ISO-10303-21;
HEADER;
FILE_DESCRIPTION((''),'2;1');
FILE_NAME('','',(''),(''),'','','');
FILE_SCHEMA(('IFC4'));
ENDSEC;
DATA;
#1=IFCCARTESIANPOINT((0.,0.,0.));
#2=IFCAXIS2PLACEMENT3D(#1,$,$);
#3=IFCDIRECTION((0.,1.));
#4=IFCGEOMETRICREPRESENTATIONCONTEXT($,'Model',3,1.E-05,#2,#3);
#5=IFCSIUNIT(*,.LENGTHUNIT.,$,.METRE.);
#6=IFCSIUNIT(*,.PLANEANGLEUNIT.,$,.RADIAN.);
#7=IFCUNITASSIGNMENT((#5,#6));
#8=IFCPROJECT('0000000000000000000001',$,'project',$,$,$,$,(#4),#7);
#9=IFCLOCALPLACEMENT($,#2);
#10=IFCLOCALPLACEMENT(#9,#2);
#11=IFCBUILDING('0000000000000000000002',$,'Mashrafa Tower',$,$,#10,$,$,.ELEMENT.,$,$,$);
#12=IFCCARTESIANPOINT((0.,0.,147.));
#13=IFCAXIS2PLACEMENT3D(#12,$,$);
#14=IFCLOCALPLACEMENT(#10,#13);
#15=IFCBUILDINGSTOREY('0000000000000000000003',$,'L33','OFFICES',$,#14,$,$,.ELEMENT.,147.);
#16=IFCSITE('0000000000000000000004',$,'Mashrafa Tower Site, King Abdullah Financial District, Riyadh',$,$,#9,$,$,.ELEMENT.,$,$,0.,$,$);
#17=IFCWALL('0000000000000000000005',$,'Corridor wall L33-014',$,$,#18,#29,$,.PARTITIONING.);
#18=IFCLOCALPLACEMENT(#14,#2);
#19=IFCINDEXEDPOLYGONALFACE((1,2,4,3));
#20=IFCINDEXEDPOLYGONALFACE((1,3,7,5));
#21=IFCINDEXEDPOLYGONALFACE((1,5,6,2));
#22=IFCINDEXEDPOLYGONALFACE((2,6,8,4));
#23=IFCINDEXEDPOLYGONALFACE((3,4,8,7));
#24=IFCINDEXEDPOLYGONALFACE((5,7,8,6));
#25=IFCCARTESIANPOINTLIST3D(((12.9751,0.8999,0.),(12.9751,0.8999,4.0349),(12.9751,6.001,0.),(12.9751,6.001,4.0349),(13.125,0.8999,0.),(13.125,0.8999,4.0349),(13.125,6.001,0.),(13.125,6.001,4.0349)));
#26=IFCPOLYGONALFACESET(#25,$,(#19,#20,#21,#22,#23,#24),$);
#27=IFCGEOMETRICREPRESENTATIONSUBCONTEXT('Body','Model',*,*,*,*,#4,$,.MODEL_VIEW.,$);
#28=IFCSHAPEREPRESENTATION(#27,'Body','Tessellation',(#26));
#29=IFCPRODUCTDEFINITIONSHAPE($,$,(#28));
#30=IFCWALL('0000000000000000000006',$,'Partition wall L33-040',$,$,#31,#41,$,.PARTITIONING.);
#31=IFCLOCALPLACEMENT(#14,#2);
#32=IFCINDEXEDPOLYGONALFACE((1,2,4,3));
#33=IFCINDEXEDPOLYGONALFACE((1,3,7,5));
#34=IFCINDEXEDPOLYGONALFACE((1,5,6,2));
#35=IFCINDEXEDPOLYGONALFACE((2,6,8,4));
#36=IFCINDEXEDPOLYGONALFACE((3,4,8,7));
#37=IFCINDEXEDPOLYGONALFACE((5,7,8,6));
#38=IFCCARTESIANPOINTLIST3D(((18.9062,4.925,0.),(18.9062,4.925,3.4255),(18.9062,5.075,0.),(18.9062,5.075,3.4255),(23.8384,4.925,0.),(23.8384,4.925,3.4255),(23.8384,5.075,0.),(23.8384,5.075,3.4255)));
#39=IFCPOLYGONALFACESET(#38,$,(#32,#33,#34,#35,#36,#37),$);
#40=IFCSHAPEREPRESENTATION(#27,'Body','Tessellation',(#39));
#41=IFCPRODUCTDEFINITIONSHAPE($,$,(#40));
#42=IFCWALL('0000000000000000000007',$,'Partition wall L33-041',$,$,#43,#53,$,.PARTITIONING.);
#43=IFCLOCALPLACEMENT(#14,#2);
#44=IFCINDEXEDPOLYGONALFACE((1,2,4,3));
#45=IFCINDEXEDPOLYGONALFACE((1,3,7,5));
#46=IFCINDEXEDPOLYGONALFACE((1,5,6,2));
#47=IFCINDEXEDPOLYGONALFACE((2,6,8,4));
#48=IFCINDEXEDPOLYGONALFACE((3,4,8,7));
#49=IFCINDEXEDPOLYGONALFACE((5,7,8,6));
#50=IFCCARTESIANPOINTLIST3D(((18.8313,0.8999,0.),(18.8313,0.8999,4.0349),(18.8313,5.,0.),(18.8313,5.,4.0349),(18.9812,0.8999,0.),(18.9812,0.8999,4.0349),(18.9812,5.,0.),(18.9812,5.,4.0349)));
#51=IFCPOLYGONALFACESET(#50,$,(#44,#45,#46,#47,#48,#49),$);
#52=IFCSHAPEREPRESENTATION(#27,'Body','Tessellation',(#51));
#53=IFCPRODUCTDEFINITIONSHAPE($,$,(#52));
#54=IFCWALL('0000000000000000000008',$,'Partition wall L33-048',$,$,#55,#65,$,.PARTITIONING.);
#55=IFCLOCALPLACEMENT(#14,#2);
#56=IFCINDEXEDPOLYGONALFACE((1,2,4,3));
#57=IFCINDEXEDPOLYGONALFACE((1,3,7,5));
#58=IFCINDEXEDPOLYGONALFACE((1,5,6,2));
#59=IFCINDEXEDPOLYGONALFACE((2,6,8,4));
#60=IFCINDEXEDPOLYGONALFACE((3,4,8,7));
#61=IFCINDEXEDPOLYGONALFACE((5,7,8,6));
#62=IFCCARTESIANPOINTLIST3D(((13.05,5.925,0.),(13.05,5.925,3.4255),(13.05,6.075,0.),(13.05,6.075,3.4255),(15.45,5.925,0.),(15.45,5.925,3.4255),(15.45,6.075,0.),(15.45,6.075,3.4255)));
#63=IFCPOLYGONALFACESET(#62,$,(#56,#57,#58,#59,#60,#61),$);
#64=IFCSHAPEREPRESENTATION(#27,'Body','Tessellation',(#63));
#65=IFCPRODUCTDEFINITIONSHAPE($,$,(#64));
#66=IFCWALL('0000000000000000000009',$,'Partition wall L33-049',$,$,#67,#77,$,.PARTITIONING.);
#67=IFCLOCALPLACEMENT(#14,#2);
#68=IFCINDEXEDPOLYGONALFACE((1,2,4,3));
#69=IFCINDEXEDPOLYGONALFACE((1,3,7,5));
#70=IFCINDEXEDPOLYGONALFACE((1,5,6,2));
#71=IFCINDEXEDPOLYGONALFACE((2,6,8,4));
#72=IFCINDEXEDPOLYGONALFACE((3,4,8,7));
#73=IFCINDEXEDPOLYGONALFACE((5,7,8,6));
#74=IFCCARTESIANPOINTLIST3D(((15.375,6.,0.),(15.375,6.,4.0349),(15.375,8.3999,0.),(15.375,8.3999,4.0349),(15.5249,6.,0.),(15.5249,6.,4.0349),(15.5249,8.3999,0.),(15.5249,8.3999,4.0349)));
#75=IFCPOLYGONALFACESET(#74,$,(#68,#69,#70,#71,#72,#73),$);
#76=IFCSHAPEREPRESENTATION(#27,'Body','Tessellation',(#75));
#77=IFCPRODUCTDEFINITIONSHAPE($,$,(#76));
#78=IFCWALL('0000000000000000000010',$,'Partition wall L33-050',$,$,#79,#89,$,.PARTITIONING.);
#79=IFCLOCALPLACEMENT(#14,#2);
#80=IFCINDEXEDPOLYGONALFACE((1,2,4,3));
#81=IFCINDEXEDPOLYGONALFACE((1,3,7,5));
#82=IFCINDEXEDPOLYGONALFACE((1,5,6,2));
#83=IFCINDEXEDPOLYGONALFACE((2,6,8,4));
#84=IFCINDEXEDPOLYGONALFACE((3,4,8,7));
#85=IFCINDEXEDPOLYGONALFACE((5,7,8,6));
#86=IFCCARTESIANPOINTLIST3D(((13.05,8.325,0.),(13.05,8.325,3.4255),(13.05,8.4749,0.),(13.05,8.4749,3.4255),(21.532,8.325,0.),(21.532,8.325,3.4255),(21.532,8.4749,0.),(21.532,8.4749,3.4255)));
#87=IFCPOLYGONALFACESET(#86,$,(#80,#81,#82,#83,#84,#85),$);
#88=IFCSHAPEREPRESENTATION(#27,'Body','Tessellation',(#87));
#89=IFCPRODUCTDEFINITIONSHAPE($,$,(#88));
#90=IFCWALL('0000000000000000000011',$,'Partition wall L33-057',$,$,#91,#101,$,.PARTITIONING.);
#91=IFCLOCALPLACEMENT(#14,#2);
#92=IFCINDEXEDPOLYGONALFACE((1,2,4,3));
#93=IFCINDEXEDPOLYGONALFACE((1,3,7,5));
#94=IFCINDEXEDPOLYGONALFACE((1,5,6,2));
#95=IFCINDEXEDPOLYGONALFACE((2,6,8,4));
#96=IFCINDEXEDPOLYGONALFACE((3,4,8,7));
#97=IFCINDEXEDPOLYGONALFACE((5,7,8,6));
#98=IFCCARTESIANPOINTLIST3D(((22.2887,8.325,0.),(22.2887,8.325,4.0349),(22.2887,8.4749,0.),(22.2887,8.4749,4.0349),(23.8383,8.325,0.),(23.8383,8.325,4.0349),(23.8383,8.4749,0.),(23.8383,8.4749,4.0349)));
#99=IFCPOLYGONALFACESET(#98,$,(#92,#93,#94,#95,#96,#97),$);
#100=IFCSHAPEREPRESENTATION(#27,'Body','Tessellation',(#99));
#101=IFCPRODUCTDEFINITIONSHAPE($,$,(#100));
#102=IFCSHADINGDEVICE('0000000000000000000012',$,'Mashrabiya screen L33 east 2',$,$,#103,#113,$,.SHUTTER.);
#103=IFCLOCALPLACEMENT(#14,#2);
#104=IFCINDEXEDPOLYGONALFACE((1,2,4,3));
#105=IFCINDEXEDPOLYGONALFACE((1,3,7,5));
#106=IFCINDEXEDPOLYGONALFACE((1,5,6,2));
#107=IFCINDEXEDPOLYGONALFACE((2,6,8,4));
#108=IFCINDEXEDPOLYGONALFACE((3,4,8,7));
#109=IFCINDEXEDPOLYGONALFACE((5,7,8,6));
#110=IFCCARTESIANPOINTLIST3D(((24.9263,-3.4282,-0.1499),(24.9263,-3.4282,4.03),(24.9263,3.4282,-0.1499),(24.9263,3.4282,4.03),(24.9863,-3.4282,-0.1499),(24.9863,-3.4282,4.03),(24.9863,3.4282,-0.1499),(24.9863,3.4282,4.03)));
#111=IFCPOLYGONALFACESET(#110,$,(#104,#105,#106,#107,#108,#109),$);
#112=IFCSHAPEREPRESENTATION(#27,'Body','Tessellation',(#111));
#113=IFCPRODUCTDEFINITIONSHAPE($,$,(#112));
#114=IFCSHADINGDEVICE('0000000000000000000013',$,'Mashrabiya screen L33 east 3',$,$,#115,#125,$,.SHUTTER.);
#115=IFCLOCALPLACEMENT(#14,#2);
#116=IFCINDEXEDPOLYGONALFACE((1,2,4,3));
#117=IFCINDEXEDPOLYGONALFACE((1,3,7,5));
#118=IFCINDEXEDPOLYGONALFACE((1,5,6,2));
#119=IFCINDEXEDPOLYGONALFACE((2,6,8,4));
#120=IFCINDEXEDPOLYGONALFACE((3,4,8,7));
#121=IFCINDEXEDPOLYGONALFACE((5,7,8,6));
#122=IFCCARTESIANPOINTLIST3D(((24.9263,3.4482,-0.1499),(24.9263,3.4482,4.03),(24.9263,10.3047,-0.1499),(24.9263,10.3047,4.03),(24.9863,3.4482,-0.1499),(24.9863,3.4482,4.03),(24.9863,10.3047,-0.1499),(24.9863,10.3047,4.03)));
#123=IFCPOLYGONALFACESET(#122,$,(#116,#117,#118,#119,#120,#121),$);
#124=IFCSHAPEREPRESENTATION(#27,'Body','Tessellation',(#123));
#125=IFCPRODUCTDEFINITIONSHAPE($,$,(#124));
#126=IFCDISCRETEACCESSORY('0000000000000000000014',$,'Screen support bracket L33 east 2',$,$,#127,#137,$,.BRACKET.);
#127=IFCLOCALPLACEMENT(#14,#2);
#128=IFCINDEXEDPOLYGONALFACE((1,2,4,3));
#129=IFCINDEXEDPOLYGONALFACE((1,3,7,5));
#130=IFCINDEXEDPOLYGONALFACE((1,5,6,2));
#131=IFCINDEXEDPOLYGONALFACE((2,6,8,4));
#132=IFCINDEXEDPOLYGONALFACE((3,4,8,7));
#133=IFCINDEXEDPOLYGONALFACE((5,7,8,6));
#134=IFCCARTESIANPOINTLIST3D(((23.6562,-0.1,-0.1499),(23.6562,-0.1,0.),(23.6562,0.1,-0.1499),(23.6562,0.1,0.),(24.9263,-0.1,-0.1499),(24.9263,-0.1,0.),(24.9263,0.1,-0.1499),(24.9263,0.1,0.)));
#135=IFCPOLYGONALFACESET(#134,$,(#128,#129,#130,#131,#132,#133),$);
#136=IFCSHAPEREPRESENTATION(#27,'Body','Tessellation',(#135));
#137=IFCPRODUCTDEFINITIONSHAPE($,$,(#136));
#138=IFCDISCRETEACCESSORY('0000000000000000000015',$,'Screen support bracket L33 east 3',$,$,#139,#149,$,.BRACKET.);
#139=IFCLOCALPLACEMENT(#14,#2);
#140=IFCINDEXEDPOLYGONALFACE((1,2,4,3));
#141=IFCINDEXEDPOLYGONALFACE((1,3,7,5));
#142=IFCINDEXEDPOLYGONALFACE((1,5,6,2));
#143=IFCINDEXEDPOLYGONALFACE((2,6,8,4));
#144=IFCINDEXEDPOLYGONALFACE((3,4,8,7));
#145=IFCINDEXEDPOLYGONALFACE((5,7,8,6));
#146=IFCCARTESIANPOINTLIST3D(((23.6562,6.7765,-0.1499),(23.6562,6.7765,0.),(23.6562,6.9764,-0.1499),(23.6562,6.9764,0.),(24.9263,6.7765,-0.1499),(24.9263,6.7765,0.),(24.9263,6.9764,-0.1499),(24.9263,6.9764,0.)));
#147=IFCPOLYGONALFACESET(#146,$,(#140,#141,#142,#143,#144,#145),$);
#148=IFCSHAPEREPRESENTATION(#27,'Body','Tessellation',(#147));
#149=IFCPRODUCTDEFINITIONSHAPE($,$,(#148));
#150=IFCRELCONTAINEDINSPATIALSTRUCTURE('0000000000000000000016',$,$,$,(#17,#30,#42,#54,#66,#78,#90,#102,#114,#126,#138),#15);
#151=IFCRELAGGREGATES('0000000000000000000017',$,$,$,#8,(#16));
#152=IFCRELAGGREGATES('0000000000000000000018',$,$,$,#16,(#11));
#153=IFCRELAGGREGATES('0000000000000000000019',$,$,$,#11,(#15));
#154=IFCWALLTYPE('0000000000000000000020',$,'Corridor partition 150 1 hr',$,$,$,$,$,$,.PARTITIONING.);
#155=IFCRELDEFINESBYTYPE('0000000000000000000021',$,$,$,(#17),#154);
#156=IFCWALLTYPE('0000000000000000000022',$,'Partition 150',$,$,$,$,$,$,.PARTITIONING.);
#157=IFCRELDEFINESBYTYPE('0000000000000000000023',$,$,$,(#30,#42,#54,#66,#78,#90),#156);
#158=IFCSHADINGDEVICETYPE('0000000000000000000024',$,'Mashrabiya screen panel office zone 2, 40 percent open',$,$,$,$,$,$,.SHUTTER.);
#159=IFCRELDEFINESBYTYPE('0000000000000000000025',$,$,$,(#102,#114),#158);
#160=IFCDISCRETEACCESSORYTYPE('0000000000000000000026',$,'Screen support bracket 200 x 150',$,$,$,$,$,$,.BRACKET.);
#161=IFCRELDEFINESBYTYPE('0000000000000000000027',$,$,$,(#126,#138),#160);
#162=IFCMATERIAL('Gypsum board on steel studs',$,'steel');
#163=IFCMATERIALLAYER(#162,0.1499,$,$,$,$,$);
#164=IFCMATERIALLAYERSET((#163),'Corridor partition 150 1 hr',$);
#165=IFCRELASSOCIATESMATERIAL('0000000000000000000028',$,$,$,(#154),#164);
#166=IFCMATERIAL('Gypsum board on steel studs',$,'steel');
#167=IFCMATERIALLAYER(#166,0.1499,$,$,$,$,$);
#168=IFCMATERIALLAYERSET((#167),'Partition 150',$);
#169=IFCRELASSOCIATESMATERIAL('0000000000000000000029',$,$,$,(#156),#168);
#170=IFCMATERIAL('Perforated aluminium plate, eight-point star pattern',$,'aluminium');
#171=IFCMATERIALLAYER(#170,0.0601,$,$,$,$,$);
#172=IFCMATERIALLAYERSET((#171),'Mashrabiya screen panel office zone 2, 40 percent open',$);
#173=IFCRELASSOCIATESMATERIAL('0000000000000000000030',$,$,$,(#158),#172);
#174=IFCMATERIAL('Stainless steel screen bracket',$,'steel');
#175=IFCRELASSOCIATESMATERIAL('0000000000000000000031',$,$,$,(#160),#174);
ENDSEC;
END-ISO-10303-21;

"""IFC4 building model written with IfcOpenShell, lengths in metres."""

from ifc_helpers import new_model, si_unit, direction, frame, frame_2d, origin, origin_2d, place, context, subcontext, project, spatial, rectangle, extrude, source, transform, mapped, material, layer, layer_set, type_object, type_shapes, element, save


model = new_model("IFC4")

# Units and contexts
model_context = context("Model", 3, precision=1e-05, world=origin(), true_north=direction((0.0, 1.0)))
body_context = subcontext(model_context, "Body", "Model", "MODEL_VIEW")
ifc_project = project(units=[si_unit("LENGTHUNIT", "METRE"), si_unit("PLANEANGLEUNIT", "RADIAN")], contexts=[model_context])

# Site, building, storey
site_placement = place(None, origin())
site = spatial("IfcSite", under=ifc_project, at=site_placement, Name="Mashrafa Tower Site, King Abdullah Financial District, Riyadh", CompositionType="ELEMENT", RefElevation=0.0)
building_placement = place(site_placement, origin())
building = spatial("IfcBuilding", under=site, at=building_placement, Name="Mashrafa Tower", CompositionType="ELEMENT")
storey_placement = place(building_placement, frame((0.0, 0.0, 147.0)))
storey = spatial("IfcBuildingStorey", under=building, at=storey_placement, Name="L33", Description="OFFICES", CompositionType="ELEMENT", Elevation=147.0)

# Shared definitions
ifc_material_1 = material(Name="Gypsum board on steel studs", Category="steel")
ifc_layer_1 = layer(ifc_material_1, 0.1499)
ifc_layer_set_1 = layer_set([ifc_layer_1], Name="Corridor partition 150 1 hr")
wall_type_1 = type_object("IfcWallType", Name="Corridor partition 150 1 hr", PredefinedType="PARTITIONING", material=ifc_layer_set_1)

# Wall
wall_1_placement = place(storey_placement, frame((13.05, 0.8999, 0.0), z_axis=(0.0, 0.0, 1.0), x_axis=(0.0, 1.0, 0.0)))
element("IfcWall", 1, at=wall_1_placement, inside=storey, type_object=wall_type_1, Name="Corridor wall L33-014", PredefinedType="PARTITIONING", context=body_context, shape_type="SweptSolid", body=[
    extrude(rectangle(XDim=5.1011, YDim=0.1499, at=frame_2d((2.5505, 0.0))), origin(), (0.0, 0.0, 1.0), 4.0349),
])

# Walls
ifc_material_2 = material(Name="Gypsum board on steel studs", Category="steel")
ifc_layer_2 = layer(ifc_material_2, 0.1499)
ifc_layer_set_2 = layer_set([ifc_layer_2], Name="Partition 150")
wall_type_2 = type_object("IfcWallType", Name="Partition 150", PredefinedType="PARTITIONING", material=ifc_layer_set_2)
wall_2_placement = place(storey_placement, frame((23.8384, 5.0, 0.0), z_axis=(0.0, 0.0, 1.0), x_axis=(-1.0, 0.0, 0.0)))
element("IfcWall", 2, at=wall_2_placement, inside=storey, type_object=wall_type_2, Name="Partition wall L33-040", PredefinedType="PARTITIONING", context=body_context, shape_type="SweptSolid", body=[
    extrude(rectangle(XDim=4.9321, YDim=0.1499, at=frame_2d((2.4661, 0.0))), origin(), (0.0, 0.0, 1.0), 3.4255),
])
wall_3_placement = place(storey_placement, frame((18.9062, 5.0, 0.0), z_axis=(0.0, 0.0, 1.0), x_axis=(0.0, -1.0, 0.0)))
element("IfcWall", 3, at=wall_3_placement, inside=storey, type_object=wall_type_2, Name="Partition wall L33-041", PredefinedType="PARTITIONING", context=body_context, shape_type="SweptSolid", body=[
    extrude(rectangle(XDim=4.1001, YDim=0.1499, at=frame_2d((2.05, 0.0))), origin(), (0.0, 0.0, 1.0), 4.0349),
])
wall_4_placement = place(storey_placement, frame((13.05, 6.0, 0.0), z_axis=(0.0, 0.0, 1.0), x_axis=(1.0, 0.0, 0.0)))
element("IfcWall", 4, at=wall_4_placement, inside=storey, type_object=wall_type_2, Name="Partition wall L33-048", PredefinedType="PARTITIONING", context=body_context, shape_type="SweptSolid", body=[
    extrude(rectangle(XDim=2.3999, YDim=0.1499, at=frame_2d((1.2, 0.0))), origin(), (0.0, 0.0, 1.0), 3.4255),
])
wall_5_placement = place(storey_placement, frame((15.45, 6.0, 0.0), z_axis=(0.0, 0.0, 1.0), x_axis=(0.0, 1.0, 0.0)))
element("IfcWall", 5, at=wall_5_placement, inside=storey, type_object=wall_type_2, Name="Partition wall L33-049", PredefinedType="PARTITIONING", context=body_context, shape_type="SweptSolid", body=[
    extrude(rectangle(XDim=2.3999, YDim=0.1499, at=frame_2d((1.2, 0.0))), origin(), (0.0, 0.0, 1.0), 4.0349),
])
wall_6_placement = place(storey_placement, frame((13.05, 8.3999, 0.0), z_axis=(0.0, 0.0, 1.0), x_axis=(1.0, 0.0, 0.0)))
element("IfcWall", 6, at=wall_6_placement, inside=storey, type_object=wall_type_2, Name="Partition wall L33-050", PredefinedType="PARTITIONING", context=body_context, shape_type="SweptSolid", body=[
    extrude(rectangle(XDim=8.4819, YDim=0.1499, at=frame_2d((4.241, 0.0))), origin(), (0.0, 0.0, 1.0), 3.4255),
])
wall_7_placement = place(storey_placement, frame((23.8384, 8.3999, 0.0), z_axis=(0.0, 0.0, 1.0), x_axis=(-1.0, 0.0, 0.0)))
element("IfcWall", 7, at=wall_7_placement, inside=storey, type_object=wall_type_2, Name="Partition wall L33-057", PredefinedType="PARTITIONING", context=body_context, shape_type="SweptSolid", body=[
    extrude(rectangle(XDim=1.5496, YDim=0.1499, at=frame_2d((0.7749, 0.0))), origin(), (0.0, 0.0, 1.0), 4.0349),
])

# Shading devices
ifc_material_3 = material(Name="Perforated aluminium plate, eight-point star pattern", Category="aluminium")
ifc_layer_3 = layer(ifc_material_3, 0.0601)
ifc_layer_set_3 = layer_set([ifc_layer_3], Name="Mashrabiya screen panel office zone 2, 40 percent open")
shading_device_type = type_object("IfcShadingDeviceType", Name="Mashrabiya screen panel office zone 2, 40 percent open", PredefinedType="SHUTTER", material=ifc_layer_set_3)
shared_shape_1 = source(origin(), body_context, "Body", "SweptSolid", [
    extrude(rectangle(XDim=6.8564, YDim=0.0601, at=origin_2d()), origin(), (0.0, 0.0, 1.0), 4.1799),
])
type_shapes(shading_device_type, [shared_shape_1])
for number, where, z_axis, x_axis, name in (
    (8, (24.9563, 0.0, -0.1499), (0.0, 0.0, 1.0), (0.0, 1.0, 0.0), "Mashrabiya screen L33 east 2"),
    (9, (24.9563, 6.8765, -0.1499), (0.0, 0.0, 1.0), (0.0, 1.0, 0.0), "Mashrabiya screen L33 east 3"),
):
    element("IfcShadingDevice", number, at=place(storey_placement, frame(where, z_axis=z_axis, x_axis=x_axis)), inside=storey, type_object=shading_device_type, Name=name, PredefinedType="SHUTTER", context=body_context, shape_type="MappedRepresentation", body=[
        mapped(shared_shape_1, transform((0.0, 0.0, 0.0))),
    ])

# Discrete accessories
ifc_material_4 = material(Name="Stainless steel screen bracket", Category="steel")
discrete_accessory_type = type_object("IfcDiscreteAccessoryType", Name="Screen support bracket 200 x 150", PredefinedType="BRACKET", material=ifc_material_4)
shared_shape_2 = source(origin(), body_context, "Body", "SweptSolid", [
    extrude(rectangle(XDim=0.2, YDim=1.27, at=origin_2d()), origin(), (0.0, 0.0, 1.0), 0.1499),
])
type_shapes(discrete_accessory_type, [shared_shape_2])
for number, where, z_axis, x_axis, name in (
    (10, (24.2913, 0.0, -0.1499), (0.0, 0.0, 1.0), (0.0, 1.0, 0.0), "Screen support bracket L33 east 2"),
    (11, (24.2913, 6.8765, -0.1499), (0.0, 0.0, 1.0), (0.0, 1.0, 0.0), "Screen support bracket L33 east 3"),
):
    element("IfcDiscreteAccessory", number, at=place(storey_placement, frame(where, z_axis=z_axis, x_axis=x_axis)), inside=storey, type_object=discrete_accessory_type, Name=name, PredefinedType="BRACKET", context=body_context, shape_type="MappedRepresentation", body=[
        mapped(shared_shape_2, transform((0.0, 0.0, 0.0))),
    ])

save(model, "model.ifc")
